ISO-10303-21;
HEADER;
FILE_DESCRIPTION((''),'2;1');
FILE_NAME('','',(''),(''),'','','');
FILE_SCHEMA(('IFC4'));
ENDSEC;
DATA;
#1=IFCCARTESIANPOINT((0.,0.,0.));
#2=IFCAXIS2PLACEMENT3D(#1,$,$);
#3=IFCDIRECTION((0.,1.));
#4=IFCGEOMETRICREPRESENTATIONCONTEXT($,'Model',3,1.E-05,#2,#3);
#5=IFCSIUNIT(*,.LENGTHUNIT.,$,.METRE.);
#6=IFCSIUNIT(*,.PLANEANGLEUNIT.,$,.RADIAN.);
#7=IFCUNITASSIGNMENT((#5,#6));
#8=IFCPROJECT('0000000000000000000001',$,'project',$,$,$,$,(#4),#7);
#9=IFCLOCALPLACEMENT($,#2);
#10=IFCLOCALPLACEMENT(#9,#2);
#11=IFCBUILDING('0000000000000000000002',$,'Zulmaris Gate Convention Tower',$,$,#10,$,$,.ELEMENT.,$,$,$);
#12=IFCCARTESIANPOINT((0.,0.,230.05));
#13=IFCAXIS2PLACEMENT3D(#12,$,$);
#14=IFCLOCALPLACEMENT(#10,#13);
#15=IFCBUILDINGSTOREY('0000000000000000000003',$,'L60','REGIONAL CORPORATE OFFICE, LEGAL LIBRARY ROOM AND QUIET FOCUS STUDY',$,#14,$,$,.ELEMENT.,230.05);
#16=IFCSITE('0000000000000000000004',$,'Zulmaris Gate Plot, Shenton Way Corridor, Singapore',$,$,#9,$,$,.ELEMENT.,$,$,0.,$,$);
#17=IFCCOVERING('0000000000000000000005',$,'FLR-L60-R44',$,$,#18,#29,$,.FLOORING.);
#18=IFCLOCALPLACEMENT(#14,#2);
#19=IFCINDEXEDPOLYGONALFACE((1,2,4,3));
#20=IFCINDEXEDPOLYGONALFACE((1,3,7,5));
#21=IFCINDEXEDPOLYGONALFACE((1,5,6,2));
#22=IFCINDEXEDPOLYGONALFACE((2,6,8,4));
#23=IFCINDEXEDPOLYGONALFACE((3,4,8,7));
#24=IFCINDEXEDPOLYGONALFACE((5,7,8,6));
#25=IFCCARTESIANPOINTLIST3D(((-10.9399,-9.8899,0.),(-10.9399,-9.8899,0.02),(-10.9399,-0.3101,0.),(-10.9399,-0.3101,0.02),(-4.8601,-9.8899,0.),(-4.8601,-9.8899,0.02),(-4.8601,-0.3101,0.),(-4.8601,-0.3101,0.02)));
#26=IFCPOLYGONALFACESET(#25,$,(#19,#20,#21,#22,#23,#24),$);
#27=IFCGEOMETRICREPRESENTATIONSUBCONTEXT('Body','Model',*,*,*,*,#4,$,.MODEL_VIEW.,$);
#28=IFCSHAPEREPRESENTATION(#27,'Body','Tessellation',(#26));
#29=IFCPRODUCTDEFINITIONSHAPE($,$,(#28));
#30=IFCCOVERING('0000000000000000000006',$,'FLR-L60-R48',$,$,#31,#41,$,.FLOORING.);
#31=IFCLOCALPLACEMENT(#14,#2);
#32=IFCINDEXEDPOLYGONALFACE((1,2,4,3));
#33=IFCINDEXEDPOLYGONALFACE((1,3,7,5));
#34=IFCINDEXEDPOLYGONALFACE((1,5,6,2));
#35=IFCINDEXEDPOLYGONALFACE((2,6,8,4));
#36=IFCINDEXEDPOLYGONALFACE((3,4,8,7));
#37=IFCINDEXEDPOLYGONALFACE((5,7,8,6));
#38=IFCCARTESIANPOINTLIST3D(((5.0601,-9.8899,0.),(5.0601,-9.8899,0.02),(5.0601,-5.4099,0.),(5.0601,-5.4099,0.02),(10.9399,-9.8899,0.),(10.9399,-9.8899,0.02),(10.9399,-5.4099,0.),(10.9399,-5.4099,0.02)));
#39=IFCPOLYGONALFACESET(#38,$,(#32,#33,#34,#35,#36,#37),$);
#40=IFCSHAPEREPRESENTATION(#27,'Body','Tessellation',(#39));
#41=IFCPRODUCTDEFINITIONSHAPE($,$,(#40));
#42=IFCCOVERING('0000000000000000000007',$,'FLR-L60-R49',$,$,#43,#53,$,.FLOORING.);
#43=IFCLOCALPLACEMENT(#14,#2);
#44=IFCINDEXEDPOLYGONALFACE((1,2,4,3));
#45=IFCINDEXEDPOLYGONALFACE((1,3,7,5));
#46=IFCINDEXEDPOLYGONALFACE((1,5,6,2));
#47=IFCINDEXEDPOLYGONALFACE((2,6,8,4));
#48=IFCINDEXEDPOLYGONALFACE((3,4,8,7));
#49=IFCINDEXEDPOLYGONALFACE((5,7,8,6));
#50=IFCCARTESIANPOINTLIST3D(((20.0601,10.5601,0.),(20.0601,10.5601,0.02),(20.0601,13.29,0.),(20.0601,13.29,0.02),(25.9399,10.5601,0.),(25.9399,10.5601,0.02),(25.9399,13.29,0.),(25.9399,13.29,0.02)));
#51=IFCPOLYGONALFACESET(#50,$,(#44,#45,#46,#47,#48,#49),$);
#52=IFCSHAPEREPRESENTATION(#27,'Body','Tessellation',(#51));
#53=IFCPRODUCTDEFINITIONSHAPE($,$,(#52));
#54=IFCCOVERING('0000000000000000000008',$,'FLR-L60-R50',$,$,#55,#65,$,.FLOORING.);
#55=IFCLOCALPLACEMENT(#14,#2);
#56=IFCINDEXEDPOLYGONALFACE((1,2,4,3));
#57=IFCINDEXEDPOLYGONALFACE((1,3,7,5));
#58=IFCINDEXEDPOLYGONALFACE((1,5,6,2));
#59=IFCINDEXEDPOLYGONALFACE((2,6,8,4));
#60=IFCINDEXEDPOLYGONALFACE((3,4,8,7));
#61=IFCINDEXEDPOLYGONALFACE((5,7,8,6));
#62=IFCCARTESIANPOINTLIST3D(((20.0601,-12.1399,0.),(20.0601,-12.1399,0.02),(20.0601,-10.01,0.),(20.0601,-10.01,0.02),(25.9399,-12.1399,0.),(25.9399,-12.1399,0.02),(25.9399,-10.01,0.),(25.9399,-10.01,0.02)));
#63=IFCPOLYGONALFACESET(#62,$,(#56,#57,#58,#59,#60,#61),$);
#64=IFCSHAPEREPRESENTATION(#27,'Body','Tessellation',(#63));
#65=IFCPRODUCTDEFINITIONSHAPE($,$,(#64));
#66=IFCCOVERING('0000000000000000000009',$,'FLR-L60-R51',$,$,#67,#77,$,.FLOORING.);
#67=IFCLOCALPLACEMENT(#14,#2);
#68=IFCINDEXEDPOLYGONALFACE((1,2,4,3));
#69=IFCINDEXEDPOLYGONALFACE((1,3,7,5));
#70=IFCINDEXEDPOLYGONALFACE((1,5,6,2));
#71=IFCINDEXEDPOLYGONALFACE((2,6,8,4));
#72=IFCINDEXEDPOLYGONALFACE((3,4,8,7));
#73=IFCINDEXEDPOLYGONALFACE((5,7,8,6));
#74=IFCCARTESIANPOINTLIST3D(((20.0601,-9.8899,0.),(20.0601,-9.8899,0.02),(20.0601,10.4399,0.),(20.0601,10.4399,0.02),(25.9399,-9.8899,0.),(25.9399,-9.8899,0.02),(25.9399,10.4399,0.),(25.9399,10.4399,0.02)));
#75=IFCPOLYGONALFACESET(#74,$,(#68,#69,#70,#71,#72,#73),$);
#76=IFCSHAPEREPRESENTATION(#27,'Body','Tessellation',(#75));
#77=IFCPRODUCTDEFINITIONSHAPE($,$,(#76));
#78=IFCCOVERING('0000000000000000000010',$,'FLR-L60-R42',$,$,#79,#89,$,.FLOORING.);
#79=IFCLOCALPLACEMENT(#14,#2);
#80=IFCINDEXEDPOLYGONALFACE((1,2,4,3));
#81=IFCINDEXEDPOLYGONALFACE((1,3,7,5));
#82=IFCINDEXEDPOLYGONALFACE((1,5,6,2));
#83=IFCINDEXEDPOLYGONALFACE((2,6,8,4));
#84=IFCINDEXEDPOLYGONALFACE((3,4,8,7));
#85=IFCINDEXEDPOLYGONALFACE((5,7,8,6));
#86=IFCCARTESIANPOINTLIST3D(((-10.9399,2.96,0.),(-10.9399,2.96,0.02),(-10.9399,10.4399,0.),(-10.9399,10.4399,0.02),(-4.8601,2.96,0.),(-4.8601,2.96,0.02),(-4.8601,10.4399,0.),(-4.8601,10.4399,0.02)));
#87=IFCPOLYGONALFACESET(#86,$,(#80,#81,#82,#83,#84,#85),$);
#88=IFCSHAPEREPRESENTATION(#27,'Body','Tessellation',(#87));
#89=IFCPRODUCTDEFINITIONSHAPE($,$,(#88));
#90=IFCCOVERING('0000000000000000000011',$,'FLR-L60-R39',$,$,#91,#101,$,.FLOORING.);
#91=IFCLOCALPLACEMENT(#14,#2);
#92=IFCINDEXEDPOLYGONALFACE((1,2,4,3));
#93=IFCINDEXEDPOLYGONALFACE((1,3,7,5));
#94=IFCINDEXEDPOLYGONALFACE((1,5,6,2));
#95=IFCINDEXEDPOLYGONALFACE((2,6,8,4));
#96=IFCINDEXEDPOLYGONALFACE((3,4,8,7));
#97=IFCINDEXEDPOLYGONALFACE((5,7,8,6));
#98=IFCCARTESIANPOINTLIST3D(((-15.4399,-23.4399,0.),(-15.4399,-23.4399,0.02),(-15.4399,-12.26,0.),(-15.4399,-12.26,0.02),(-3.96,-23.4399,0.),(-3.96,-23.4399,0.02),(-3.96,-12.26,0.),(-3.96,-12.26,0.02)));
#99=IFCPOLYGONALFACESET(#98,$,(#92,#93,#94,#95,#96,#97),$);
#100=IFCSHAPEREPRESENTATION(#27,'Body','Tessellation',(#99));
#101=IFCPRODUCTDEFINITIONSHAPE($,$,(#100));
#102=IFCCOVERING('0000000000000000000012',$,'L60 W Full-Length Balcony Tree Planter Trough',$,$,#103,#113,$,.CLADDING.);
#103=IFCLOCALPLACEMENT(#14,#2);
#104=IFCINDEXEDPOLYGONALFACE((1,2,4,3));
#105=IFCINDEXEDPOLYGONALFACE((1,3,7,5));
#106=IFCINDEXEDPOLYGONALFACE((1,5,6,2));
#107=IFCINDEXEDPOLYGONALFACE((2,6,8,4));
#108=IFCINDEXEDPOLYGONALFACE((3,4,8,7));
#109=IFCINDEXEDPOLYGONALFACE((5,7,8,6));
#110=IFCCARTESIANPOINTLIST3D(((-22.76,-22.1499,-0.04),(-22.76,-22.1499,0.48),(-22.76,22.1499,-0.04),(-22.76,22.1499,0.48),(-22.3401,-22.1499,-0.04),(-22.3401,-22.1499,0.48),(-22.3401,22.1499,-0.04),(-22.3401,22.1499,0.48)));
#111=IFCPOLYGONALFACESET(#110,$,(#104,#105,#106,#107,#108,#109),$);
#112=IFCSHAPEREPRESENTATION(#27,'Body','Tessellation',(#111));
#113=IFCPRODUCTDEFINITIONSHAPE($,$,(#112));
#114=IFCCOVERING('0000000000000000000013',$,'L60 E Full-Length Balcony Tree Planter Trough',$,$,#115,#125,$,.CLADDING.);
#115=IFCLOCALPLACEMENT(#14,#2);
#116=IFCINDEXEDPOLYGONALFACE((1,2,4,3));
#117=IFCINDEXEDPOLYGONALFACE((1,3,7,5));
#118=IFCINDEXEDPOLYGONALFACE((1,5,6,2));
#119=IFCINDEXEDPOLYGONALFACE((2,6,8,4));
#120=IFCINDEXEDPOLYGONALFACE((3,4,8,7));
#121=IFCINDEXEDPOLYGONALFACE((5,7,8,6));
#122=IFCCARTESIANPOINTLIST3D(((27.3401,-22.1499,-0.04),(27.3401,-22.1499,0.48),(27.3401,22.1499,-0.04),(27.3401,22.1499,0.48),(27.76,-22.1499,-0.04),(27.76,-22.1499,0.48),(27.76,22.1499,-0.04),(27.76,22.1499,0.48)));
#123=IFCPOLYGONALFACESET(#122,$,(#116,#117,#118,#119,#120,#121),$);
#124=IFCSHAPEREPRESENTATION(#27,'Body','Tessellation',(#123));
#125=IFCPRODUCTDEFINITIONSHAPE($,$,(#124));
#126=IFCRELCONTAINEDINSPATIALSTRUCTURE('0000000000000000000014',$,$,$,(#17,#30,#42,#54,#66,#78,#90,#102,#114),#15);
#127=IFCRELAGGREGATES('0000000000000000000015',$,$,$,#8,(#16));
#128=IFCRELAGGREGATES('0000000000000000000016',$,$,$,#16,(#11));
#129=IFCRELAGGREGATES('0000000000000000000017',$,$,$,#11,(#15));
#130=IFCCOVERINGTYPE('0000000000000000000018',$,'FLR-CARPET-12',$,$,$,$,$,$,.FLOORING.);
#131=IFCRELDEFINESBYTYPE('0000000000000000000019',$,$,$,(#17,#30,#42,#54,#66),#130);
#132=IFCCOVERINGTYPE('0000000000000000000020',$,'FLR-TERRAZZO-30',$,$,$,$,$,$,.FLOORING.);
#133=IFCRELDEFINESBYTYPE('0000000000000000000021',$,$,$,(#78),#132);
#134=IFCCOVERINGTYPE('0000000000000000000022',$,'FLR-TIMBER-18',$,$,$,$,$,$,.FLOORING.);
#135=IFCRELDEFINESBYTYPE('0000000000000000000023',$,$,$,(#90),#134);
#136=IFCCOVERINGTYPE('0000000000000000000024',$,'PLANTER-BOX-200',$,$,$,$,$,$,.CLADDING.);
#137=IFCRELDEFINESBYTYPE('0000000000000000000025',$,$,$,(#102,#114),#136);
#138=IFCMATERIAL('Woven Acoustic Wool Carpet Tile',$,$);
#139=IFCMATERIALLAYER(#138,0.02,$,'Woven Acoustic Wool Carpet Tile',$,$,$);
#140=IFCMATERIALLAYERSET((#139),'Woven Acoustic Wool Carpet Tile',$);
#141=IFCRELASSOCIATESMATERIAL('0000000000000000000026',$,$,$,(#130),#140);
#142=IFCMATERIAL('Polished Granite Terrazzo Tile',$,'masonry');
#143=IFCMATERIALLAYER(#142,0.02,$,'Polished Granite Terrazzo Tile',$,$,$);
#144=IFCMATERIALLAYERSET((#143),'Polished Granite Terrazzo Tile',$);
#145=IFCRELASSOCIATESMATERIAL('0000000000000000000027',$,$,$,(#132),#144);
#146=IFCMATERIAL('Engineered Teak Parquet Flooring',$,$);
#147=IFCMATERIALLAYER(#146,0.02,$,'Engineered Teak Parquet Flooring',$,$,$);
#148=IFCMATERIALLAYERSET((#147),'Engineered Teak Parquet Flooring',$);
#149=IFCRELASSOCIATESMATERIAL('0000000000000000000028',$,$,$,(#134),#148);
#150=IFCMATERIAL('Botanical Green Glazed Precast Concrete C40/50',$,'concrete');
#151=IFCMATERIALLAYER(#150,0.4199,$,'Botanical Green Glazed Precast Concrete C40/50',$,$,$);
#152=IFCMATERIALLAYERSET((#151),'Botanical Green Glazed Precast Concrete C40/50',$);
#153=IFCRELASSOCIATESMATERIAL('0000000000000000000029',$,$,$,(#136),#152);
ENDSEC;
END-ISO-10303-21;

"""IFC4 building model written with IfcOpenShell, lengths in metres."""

from ifc_helpers import new_model, si_unit, direction, frame, origin, place, context, subcontext, project, spatial, polyline, outline, extrude, material, layer, layer_set, type_object, element, save


model = new_model("IFC4")

# Units and contexts
model_context = context("Model", 3, precision=1e-05, world=origin(), true_north=direction((0.0, 1.0)))
body_context = subcontext(model_context, "Body", "Model", "MODEL_VIEW")
ifc_project = project(units=[si_unit("LENGTHUNIT", "METRE"), si_unit("PLANEANGLEUNIT", "RADIAN")], contexts=[model_context])

# Site, building, storey
site_placement = place(None, origin())
site = spatial("IfcSite", under=ifc_project, at=site_placement, Name="Zulmaris Gate Plot, Shenton Way Corridor, Singapore", CompositionType="ELEMENT", RefElevation=0.0)
building_placement = place(site_placement, origin())
building = spatial("IfcBuilding", under=site, at=building_placement, Name="Zulmaris Gate Convention Tower", CompositionType="ELEMENT")
storey_placement = place(building_placement, frame((0.0, 0.0, 230.05)))
storey = spatial("IfcBuildingStorey", under=building, at=storey_placement, Name="L60", Description="REGIONAL CORPORATE OFFICE, LEGAL LIBRARY ROOM AND QUIET FOCUS STUDY", CompositionType="ELEMENT", Elevation=230.05)

# Coverings
ifc_material_1 = material(Name="Woven Acoustic Wool Carpet Tile")
ifc_layer_1 = layer(ifc_material_1, 0.02, Name="Woven Acoustic Wool Carpet Tile")
ifc_layer_set_1 = layer_set([ifc_layer_1], Name="Woven Acoustic Wool Carpet Tile")
covering_type_1 = type_object("IfcCoveringType", Name="FLR-CARPET-12", PredefinedType="FLOORING", material=ifc_layer_set_1)
covering_1_placement = place(storey_placement, origin())
element("IfcCovering", 1, at=covering_1_placement, inside=storey, type_object=covering_type_1, Name="FLR-L60-R44", PredefinedType="FLOORING", context=body_context, shape_type="SweptSolid", body=[
    extrude(outline(polyline([(-10.9399, -9.8899), (-4.8601, -9.8899), (-4.8601, -0.3101), (-10.9399, -0.3101), (-10.9399, -9.8899)])), origin(), (0.0, 0.0, 1.0), 0.02),
])
covering_2_placement = place(storey_placement, origin())
element("IfcCovering", 2, at=covering_2_placement, inside=storey, type_object=covering_type_1, Name="FLR-L60-R48", PredefinedType="FLOORING", context=body_context, shape_type="SweptSolid", body=[
    extrude(outline(polyline([(5.0601, -9.8899), (10.9399, -9.8899), (10.9399, -5.4099), (5.0601, -5.4099), (5.0601, -9.8899)])), origin(), (0.0, 0.0, 1.0), 0.02),
])
covering_3_placement = place(storey_placement, origin())
element("IfcCovering", 3, at=covering_3_placement, inside=storey, type_object=covering_type_1, Name="FLR-L60-R49", PredefinedType="FLOORING", context=body_context, shape_type="SweptSolid", body=[
    extrude(outline(polyline([(20.0601, 10.5601), (25.9399, 10.5601), (25.9399, 13.29), (20.0601, 13.29), (20.0601, 10.5601)])), origin(), (0.0, 0.0, 1.0), 0.02),
])
covering_4_placement = place(storey_placement, origin())
element("IfcCovering", 4, at=covering_4_placement, inside=storey, type_object=covering_type_1, Name="FLR-L60-R50", PredefinedType="FLOORING", context=body_context, shape_type="SweptSolid", body=[
    extrude(outline(polyline([(20.0601, -12.1399), (25.9399, -12.1399), (25.9399, -10.01), (20.0601, -10.01), (20.0601, -12.1399)])), origin(), (0.0, 0.0, 1.0), 0.02),
])
covering_5_placement = place(storey_placement, origin())
element("IfcCovering", 5, at=covering_5_placement, inside=storey, type_object=covering_type_1, Name="FLR-L60-R51", PredefinedType="FLOORING", context=body_context, shape_type="SweptSolid", body=[
    extrude(outline(polyline([(20.0601, -9.8899), (25.9399, -9.8899), (25.9399, 10.4399), (20.0601, 10.4399), (20.0601, -9.8899)])), origin(), (0.0, 0.0, 1.0), 0.02),
])
ifc_material_2 = material(Name="Polished Granite Terrazzo Tile", Category="masonry")
ifc_layer_2 = layer(ifc_material_2, 0.02, Name="Polished Granite Terrazzo Tile")
ifc_layer_set_2 = layer_set([ifc_layer_2], Name="Polished Granite Terrazzo Tile")
covering_type_2 = type_object("IfcCoveringType", Name="FLR-TERRAZZO-30", PredefinedType="FLOORING", material=ifc_layer_set_2)
covering_6_placement = place(storey_placement, origin())
element("IfcCovering", 6, at=covering_6_placement, inside=storey, type_object=covering_type_2, Name="FLR-L60-R42", PredefinedType="FLOORING", context=body_context, shape_type="SweptSolid", body=[
    extrude(outline(polyline([(-10.9399, 2.96), (-4.8601, 2.96), (-4.8601, 10.4399), (-10.9399, 10.4399), (-10.9399, 2.96)])), origin(), (0.0, 0.0, 1.0), 0.02),
])
ifc_material_3 = material(Name="Engineered Teak Parquet Flooring")
ifc_layer_3 = layer(ifc_material_3, 0.02, Name="Engineered Teak Parquet Flooring")
ifc_layer_set_3 = layer_set([ifc_layer_3], Name="Engineered Teak Parquet Flooring")
covering_type_3 = type_object("IfcCoveringType", Name="FLR-TIMBER-18", PredefinedType="FLOORING", material=ifc_layer_set_3)
covering_7_placement = place(storey_placement, origin())
element("IfcCovering", 7, at=covering_7_placement, inside=storey, type_object=covering_type_3, Name="FLR-L60-R39", PredefinedType="FLOORING", context=body_context, shape_type="SweptSolid", body=[
    extrude(outline(polyline([(-15.4399, -23.4399), (-3.96, -23.4399), (-3.96, -12.26), (-15.4399, -12.26), (-15.4399, -23.4399)])), origin(), (0.0, 0.0, 1.0), 0.02),
])
ifc_material_4 = material(Name="Botanical Green Glazed Precast Concrete C40/50", Category="concrete")
ifc_layer_4 = layer(ifc_material_4, 0.4199, Name="Botanical Green Glazed Precast Concrete C40/50")
ifc_layer_set_4 = layer_set([ifc_layer_4], Name="Botanical Green Glazed Precast Concrete C40/50")
covering_type_4 = type_object("IfcCoveringType", Name="PLANTER-BOX-200", PredefinedType="CLADDING", material=ifc_layer_set_4)
covering_8_placement = place(storey_placement, frame((0.0, 0.0, -0.04)))
element("IfcCovering", 8, at=covering_8_placement, inside=storey, type_object=covering_type_4, Name="L60 W Full-Length Balcony Tree Planter Trough", PredefinedType="CLADDING", context=body_context, shape_type="SweptSolid", body=[
    extrude(outline(polyline([(-22.76, -22.1499), (-22.3401, -22.1499), (-22.3401, 22.1499), (-22.76, 22.1499), (-22.76, -22.1499)])), origin(), (0.0, 0.0, 1.0), 0.52),
])
covering_9_placement = place(storey_placement, frame((0.0, 0.0, -0.04)))
element("IfcCovering", 9, at=covering_9_placement, inside=storey, type_object=covering_type_4, Name="L60 E Full-Length Balcony Tree Planter Trough", PredefinedType="CLADDING", context=body_context, shape_type="SweptSolid", body=[
    extrude(outline(polyline([(27.3401, -22.1499), (27.76, -22.1499), (27.76, 22.1499), (27.3401, 22.1499), (27.3401, -22.1499)])), origin(), (0.0, 0.0, 1.0), 0.52),
])

save(model, "model.ifc")
